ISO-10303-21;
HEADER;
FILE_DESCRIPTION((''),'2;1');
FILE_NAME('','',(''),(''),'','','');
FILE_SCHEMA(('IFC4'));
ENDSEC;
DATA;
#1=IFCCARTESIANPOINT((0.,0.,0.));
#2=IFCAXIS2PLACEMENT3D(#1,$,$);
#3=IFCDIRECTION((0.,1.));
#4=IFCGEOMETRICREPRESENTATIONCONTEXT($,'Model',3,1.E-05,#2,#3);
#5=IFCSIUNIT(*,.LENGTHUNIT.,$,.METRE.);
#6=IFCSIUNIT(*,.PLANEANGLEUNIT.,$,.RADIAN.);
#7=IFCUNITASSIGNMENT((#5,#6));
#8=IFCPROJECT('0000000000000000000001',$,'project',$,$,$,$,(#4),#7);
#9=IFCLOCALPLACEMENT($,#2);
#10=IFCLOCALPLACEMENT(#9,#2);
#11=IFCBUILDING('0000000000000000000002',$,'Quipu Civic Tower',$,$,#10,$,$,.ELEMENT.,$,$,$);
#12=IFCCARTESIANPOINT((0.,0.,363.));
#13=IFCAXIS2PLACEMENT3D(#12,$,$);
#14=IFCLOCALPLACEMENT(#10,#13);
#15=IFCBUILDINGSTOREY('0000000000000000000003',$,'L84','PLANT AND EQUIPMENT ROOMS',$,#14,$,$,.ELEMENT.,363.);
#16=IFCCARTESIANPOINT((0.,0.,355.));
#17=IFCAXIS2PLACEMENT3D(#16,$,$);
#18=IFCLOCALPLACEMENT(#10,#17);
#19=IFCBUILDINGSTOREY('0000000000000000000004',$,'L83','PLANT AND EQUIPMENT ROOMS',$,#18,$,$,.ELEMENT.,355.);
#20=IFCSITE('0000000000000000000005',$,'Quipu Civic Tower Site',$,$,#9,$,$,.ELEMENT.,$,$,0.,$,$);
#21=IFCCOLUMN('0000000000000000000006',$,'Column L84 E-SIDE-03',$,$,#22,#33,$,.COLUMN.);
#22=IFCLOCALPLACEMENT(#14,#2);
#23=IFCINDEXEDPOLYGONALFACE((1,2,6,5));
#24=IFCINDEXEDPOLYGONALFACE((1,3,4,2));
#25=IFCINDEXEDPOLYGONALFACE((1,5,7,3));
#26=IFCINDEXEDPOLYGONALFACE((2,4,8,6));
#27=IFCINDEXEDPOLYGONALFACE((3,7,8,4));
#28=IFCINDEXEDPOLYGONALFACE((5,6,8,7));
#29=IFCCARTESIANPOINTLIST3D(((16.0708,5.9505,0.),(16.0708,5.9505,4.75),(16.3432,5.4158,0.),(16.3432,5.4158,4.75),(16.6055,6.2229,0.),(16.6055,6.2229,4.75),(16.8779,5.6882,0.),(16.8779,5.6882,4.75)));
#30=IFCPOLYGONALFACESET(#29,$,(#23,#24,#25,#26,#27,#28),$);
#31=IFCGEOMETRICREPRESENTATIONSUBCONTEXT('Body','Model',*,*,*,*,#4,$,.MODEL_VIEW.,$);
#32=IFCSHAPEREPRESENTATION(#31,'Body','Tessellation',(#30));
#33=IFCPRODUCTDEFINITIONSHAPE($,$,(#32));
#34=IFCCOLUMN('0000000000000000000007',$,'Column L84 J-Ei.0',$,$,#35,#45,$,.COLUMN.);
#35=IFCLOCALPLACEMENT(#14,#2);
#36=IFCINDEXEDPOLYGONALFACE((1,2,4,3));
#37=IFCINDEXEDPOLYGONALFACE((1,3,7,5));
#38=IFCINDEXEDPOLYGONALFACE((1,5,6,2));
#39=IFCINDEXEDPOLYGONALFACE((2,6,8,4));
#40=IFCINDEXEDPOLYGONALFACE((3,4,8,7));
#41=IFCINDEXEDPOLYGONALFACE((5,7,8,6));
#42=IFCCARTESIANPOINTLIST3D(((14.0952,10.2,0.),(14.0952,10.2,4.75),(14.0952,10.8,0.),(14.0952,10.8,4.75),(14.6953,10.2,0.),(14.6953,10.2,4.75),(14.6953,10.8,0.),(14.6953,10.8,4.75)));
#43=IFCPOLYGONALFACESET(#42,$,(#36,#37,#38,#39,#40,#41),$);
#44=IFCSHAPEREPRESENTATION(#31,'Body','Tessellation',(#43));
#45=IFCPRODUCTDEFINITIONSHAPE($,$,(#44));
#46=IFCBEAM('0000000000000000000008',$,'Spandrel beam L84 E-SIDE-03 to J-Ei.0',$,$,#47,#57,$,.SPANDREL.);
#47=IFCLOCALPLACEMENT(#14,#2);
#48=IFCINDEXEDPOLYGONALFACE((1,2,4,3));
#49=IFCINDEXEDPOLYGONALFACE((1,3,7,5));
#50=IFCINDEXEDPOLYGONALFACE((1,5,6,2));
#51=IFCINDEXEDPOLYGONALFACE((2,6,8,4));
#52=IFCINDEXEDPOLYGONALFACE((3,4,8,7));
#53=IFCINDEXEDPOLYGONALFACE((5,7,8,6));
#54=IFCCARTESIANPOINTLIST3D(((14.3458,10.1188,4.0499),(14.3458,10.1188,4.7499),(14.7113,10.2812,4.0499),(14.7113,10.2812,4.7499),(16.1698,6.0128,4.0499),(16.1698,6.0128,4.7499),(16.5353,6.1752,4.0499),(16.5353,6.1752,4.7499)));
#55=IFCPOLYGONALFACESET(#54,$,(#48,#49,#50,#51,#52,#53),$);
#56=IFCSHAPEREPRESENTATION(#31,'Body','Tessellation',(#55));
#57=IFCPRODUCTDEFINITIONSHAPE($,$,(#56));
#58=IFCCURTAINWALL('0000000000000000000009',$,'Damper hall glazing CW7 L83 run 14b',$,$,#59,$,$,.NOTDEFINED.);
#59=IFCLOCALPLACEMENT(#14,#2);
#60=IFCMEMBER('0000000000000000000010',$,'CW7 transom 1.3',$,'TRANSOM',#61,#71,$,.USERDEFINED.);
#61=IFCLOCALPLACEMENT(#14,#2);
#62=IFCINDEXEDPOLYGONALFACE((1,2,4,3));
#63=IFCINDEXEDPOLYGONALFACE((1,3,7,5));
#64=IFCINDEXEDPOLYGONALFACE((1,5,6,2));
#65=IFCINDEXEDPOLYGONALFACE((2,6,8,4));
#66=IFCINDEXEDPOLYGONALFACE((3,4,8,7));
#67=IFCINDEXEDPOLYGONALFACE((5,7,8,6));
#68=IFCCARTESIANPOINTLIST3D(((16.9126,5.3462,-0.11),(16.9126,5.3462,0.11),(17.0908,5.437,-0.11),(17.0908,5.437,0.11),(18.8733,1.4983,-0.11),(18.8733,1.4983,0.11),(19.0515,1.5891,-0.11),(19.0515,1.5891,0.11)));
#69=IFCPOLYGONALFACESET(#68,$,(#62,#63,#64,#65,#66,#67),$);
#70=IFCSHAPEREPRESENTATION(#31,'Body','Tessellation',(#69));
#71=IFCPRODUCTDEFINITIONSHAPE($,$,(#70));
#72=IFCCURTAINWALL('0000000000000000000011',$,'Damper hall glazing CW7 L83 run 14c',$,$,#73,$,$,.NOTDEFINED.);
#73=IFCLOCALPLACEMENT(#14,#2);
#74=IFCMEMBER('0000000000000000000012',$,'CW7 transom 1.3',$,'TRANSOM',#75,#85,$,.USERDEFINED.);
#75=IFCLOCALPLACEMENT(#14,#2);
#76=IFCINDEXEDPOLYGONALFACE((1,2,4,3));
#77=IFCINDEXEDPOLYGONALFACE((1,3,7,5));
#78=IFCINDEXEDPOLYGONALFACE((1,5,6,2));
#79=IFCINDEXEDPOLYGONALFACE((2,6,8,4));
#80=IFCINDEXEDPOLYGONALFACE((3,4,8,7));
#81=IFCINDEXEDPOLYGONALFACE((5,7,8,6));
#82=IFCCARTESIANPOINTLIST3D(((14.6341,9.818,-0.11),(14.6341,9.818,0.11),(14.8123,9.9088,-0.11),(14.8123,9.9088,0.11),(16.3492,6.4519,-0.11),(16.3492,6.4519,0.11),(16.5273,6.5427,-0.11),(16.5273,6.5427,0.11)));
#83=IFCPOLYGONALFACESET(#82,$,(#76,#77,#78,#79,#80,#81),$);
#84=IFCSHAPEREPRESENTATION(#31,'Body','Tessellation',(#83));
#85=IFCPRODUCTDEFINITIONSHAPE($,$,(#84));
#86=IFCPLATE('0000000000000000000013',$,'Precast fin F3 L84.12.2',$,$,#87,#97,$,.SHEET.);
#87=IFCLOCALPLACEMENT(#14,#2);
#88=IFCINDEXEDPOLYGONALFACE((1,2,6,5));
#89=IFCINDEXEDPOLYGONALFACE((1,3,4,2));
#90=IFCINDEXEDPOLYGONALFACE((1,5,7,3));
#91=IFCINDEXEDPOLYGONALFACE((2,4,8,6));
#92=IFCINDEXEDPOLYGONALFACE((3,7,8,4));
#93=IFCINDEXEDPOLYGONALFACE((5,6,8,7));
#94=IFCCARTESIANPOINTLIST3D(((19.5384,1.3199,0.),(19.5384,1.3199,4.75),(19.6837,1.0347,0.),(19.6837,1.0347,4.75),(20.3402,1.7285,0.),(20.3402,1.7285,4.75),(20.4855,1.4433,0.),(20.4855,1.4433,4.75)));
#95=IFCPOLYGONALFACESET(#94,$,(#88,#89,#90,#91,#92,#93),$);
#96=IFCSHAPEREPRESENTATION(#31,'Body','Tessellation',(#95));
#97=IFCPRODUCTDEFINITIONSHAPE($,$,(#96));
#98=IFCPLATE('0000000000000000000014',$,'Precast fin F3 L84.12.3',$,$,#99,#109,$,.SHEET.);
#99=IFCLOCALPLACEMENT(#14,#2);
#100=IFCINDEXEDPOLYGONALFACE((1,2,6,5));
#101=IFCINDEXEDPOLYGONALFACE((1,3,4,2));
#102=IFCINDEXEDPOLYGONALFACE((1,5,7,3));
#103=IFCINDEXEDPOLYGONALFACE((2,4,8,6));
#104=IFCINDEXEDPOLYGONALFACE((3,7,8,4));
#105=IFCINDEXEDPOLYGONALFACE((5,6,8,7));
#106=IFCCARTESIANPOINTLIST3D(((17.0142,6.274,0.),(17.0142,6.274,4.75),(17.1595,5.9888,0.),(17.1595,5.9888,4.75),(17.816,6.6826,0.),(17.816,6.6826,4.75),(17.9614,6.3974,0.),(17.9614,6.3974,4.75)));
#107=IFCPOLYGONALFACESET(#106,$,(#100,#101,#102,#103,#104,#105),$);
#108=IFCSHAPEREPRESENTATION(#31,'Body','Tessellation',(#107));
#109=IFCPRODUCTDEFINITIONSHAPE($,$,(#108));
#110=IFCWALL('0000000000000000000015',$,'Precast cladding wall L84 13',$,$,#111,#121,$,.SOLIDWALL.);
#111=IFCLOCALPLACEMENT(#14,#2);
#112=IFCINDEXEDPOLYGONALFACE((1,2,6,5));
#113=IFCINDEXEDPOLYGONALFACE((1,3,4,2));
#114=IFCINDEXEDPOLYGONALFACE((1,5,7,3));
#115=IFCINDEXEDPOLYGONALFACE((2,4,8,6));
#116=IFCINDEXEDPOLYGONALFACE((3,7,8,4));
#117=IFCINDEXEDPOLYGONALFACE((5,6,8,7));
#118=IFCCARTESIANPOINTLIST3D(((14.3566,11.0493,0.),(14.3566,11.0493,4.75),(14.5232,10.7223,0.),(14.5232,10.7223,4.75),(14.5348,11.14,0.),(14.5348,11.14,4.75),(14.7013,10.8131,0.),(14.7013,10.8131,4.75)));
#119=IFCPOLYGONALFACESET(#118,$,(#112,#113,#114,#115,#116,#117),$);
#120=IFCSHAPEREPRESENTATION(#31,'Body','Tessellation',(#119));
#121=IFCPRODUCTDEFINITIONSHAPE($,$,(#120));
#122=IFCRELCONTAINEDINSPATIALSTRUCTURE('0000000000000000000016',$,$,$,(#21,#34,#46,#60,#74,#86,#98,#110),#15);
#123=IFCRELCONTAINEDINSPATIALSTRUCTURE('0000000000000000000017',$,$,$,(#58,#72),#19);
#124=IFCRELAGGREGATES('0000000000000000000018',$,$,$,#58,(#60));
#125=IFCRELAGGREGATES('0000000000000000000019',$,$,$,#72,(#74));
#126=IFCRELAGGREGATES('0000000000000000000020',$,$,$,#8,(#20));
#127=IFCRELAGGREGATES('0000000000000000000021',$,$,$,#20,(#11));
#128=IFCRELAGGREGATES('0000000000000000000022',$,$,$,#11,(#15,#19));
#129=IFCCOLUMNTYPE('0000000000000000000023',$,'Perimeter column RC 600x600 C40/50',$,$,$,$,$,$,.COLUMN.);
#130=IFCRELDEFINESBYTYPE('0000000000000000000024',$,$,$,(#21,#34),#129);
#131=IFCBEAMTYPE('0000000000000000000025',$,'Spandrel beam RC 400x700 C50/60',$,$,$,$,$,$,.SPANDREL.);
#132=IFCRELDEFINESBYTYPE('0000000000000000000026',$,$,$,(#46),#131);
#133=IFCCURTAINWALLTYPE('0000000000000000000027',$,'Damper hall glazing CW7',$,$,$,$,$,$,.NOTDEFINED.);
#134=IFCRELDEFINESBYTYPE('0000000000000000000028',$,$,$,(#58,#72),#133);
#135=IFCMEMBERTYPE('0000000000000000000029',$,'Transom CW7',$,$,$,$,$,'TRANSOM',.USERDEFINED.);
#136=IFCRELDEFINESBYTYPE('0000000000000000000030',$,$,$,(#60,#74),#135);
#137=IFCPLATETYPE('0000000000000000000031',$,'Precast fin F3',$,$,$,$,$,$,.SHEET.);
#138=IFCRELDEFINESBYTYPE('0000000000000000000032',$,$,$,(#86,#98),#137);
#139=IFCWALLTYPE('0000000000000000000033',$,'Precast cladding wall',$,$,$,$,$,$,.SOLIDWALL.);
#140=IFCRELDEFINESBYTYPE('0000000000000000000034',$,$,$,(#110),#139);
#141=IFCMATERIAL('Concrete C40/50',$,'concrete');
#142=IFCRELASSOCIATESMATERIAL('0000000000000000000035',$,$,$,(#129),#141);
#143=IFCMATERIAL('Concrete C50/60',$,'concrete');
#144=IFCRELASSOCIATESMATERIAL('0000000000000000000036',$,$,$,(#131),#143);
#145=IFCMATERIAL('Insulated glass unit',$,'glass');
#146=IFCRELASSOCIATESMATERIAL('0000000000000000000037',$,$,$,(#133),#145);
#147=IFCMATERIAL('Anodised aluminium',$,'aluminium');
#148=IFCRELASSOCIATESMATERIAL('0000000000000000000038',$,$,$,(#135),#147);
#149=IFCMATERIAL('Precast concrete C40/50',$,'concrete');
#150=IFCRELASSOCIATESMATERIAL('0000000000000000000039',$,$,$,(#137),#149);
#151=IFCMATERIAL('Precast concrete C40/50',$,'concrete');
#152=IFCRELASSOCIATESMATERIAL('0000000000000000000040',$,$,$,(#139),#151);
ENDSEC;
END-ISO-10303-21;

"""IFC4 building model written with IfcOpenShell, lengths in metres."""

from ifc_helpers import new_model, si_unit, direction, frame, frame_2d, origin, origin_2d, place, context, subcontext, project, spatial, rectangle, extrude, material, material_profile, profile_set, type_object, element, aggregate, save


model = new_model("IFC4")

# Units and contexts
model_context = context("Model", 3, precision=1e-05, world=origin(), true_north=direction((0.0, 1.0)))
body_context = subcontext(model_context, "Body", "Model", "MODEL_VIEW")
ifc_project = project(units=[si_unit("LENGTHUNIT", "METRE"), si_unit("PLANEANGLEUNIT", "RADIAN")], contexts=[model_context])

# Site, building, storey
site_placement = place(None, origin())
site = spatial("IfcSite", under=ifc_project, at=site_placement, Name="Quipu Civic Tower Site", CompositionType="ELEMENT", RefElevation=0.0)
building_placement = place(site_placement, origin())
building = spatial("IfcBuilding", under=site, at=building_placement, Name="Quipu Civic Tower", CompositionType="ELEMENT")
storey_1_placement = place(building_placement, frame((0.0, 0.0, 363.0)))
storey_1 = spatial("IfcBuildingStorey", under=building, at=storey_1_placement, Name="L84", Description="PLANT AND EQUIPMENT ROOMS", CompositionType="ELEMENT", Elevation=363.0)

# Columns
ifc_material_1 = material(Name="Concrete C40/50", Category="concrete")
ifc_material_profile_1 = material_profile(ifc_material_1, rectangle(XDim=0.6001, YDim=0.6001, at=origin_2d()), Name="RC600x600")
ifc_profile_set_1 = profile_set([ifc_material_profile_1], Name="Concrete C40/50")
column_type = type_object("IfcColumnType", Name="Perimeter column RC 600x600 C40/50", PredefinedType="COLUMN", material=ifc_profile_set_1)
for number, where, z_axis, x_axis, name in (
    (1, (16.4744, 5.8193, 0.0), (0.0, 0.0, 1.0), (-0.45399, 0.891007, 0.0), "Column L84 E-SIDE-03"),
    (2, (14.3953, 10.5, 0.0), (0.0, 0.0, 1.0), (-1.0, 0.0, 0.0), "Column L84 J-Ei.0"),
):
    element("IfcColumn", number, at=place(storey_1_placement, frame(where, z_axis=z_axis, x_axis=x_axis)), inside=storey_1, type_object=column_type, Name=name, PredefinedType="COLUMN", context=body_context, shape_type="SweptSolid", body=[
        extrude(rectangle(XDim=0.6001, YDim=0.6001, at=origin_2d()), origin(), (0.0, 0.0, 1.0), 4.75),
    ])

# Beam
ifc_material_2 = material(Name="Concrete C50/60", Category="concrete")
ifc_material_profile_2 = material_profile(ifc_material_2, rectangle(XDim=0.3999, YDim=0.7, at=origin_2d()), Name="RC400x700")
ifc_profile_set_2 = profile_set([ifc_material_profile_2], Name="Concrete C50/60")
beam_type = type_object("IfcBeamType", Name="Spandrel beam RC 400x700 C50/60", PredefinedType="SPANDREL", material=ifc_profile_set_2)
beam_placement = place(storey_1_placement, frame((16.3525, 6.094, 4.3999), z_axis=(-0.405972, 0.913885, 0.0), x_axis=(-0.913885, -0.405972, 0.0)))
element("IfcBeam", 3, at=beam_placement, inside=storey_1, type_object=beam_type, Name="Spandrel beam L84 E-SIDE-03 to J-Ei.0", PredefinedType="SPANDREL", context=body_context, shape_type="SweptSolid", body=[
    extrude(rectangle(XDim=0.3999, YDim=0.7, at=origin_2d()), origin(), (0.0, 0.0, 1.0), 4.4929),
])

# Shared definitions
storey_2_placement = place(building_placement, frame((0.0, 0.0, 355.0)))
storey_2 = spatial("IfcBuildingStorey", under=building, at=storey_2_placement, Name="L83", Description="PLANT AND EQUIPMENT ROOMS", CompositionType="ELEMENT", Elevation=355.0)

# Curtain walls, members
ifc_material_3 = material(Name="Insulated glass unit", Category="glass")
curtain_wall_type = type_object("IfcCurtainWallType", Name="Damper hall glazing CW7", PredefinedType="NOTDEFINED", material=ifc_material_3)
curtain_wall_1_placement = place(storey_2_placement, origin())
curtain_wall_1 = element("IfcCurtainWall", 4, at=curtain_wall_1_placement, inside=storey_2, type_object=curtain_wall_type, Name="Damper hall glazing CW7 L83 run 14b", PredefinedType="NOTDEFINED")
ifc_material_4 = material(Name="Anodised aluminium", Category="aluminium")
ifc_material_profile_3 = material_profile(ifc_material_4, rectangle(XDim=0.2, YDim=0.22, at=origin_2d()), Name="RECT 200x220")
ifc_profile_set_3 = profile_set([ifc_material_profile_3], Name="Anodised aluminium")
member_type = type_object("IfcMemberType", Name="Transom CW7", ElementType="TRANSOM", PredefinedType="USERDEFINED", material=ifc_profile_set_3)
member_1_placement = place(storey_1_placement, frame((18.9624, 1.5437, 0.0), z_axis=(-0.454007, 0.890998, 0.0), x_axis=(-0.890998, -0.454007, 0.0)))
member_1 = element("IfcMember", 5, at=member_1_placement, inside=storey_1, type_object=member_type, Name="CW7 transom 1.3", ObjectType="TRANSOM", PredefinedType="USERDEFINED", context=body_context, shape_type="SweptSolid", body=[
    extrude(rectangle(XDim=0.2, YDim=0.22, at=origin_2d()), origin(), (0.0, 0.0, 1.0), 4.3186),
])
aggregate(curtain_wall_1, [member_1])
curtain_wall_2_placement = place(storey_2_placement, origin())
curtain_wall_2 = element("IfcCurtainWall", 6, at=curtain_wall_2_placement, inside=storey_2, type_object=curtain_wall_type, Name="Damper hall glazing CW7 L83 run 14c", PredefinedType="NOTDEFINED")
member_2_placement = place(storey_1_placement, frame((16.4382, 6.4973, 0.0), z_axis=(-0.453973, 0.891015, 0.0), x_axis=(-0.891015, -0.453973, 0.0)))
member_2 = element("IfcMember", 7, at=member_2_placement, inside=storey_1, type_object=member_type, Name="CW7 transom 1.3", ObjectType="TRANSOM", PredefinedType="USERDEFINED", context=body_context, shape_type="SweptSolid", body=[
    extrude(rectangle(XDim=0.2, YDim=0.22, at=origin_2d()), origin(), (0.0, 0.0, 1.0), 3.7778),
])
aggregate(curtain_wall_2, [member_2])

# Plates
ifc_material_5 = material(Name="Precast concrete C40/50", Category="concrete")
plate_type = type_object("IfcPlateType", Name="Precast fin F3", PredefinedType="SHEET", material=ifc_material_5)
for number, where, z_axis, x_axis, name in (
    (8, (20.012, 1.3816, 0.0), (0.0, 0.0, 1.0), (-0.45399, 0.891007, 0.0), "Precast fin F3 L84.12.2"),
    (9, (17.4878, 6.3357, 0.0), (0.0, 0.0, 1.0), (-0.45399, 0.891007, 0.0), "Precast fin F3 L84.12.3"),
):
    element("IfcPlate", number, at=place(storey_1_placement, frame(where, z_axis=z_axis, x_axis=x_axis)), inside=storey_1, type_object=plate_type, Name=name, PredefinedType="SHEET", context=body_context, shape_type="SweptSolid", body=[
        extrude(rectangle(XDim=0.3201, YDim=0.8999, at=origin_2d()), origin(), (0.0, 0.0, 1.0), 4.75),
    ])

# Wall
ifc_material_6 = material(Name="Precast concrete C40/50", Category="concrete")
wall_type = type_object("IfcWallType", Name="Precast cladding wall", PredefinedType="SOLIDWALL", material=ifc_material_6)
wall_1_placement = place(storey_1_placement, frame((14.6123, 10.7676, 0.0), z_axis=(0.0, 0.0, 1.0), x_axis=(-0.453856, 0.891075, 0.0)))
element("IfcWall", 10, at=wall_1_placement, inside=storey_1, type_object=wall_type, Name="Precast cladding wall L84 13", PredefinedType="SOLIDWALL", context=body_context, shape_type="SweptSolid", body=[
    extrude(rectangle(XDim=0.3669, YDim=0.2, at=frame_2d((0.1836, 0.0))), origin(), (0.0, 0.0, 1.0), 4.75),
])

save(model, "model.ifc")
